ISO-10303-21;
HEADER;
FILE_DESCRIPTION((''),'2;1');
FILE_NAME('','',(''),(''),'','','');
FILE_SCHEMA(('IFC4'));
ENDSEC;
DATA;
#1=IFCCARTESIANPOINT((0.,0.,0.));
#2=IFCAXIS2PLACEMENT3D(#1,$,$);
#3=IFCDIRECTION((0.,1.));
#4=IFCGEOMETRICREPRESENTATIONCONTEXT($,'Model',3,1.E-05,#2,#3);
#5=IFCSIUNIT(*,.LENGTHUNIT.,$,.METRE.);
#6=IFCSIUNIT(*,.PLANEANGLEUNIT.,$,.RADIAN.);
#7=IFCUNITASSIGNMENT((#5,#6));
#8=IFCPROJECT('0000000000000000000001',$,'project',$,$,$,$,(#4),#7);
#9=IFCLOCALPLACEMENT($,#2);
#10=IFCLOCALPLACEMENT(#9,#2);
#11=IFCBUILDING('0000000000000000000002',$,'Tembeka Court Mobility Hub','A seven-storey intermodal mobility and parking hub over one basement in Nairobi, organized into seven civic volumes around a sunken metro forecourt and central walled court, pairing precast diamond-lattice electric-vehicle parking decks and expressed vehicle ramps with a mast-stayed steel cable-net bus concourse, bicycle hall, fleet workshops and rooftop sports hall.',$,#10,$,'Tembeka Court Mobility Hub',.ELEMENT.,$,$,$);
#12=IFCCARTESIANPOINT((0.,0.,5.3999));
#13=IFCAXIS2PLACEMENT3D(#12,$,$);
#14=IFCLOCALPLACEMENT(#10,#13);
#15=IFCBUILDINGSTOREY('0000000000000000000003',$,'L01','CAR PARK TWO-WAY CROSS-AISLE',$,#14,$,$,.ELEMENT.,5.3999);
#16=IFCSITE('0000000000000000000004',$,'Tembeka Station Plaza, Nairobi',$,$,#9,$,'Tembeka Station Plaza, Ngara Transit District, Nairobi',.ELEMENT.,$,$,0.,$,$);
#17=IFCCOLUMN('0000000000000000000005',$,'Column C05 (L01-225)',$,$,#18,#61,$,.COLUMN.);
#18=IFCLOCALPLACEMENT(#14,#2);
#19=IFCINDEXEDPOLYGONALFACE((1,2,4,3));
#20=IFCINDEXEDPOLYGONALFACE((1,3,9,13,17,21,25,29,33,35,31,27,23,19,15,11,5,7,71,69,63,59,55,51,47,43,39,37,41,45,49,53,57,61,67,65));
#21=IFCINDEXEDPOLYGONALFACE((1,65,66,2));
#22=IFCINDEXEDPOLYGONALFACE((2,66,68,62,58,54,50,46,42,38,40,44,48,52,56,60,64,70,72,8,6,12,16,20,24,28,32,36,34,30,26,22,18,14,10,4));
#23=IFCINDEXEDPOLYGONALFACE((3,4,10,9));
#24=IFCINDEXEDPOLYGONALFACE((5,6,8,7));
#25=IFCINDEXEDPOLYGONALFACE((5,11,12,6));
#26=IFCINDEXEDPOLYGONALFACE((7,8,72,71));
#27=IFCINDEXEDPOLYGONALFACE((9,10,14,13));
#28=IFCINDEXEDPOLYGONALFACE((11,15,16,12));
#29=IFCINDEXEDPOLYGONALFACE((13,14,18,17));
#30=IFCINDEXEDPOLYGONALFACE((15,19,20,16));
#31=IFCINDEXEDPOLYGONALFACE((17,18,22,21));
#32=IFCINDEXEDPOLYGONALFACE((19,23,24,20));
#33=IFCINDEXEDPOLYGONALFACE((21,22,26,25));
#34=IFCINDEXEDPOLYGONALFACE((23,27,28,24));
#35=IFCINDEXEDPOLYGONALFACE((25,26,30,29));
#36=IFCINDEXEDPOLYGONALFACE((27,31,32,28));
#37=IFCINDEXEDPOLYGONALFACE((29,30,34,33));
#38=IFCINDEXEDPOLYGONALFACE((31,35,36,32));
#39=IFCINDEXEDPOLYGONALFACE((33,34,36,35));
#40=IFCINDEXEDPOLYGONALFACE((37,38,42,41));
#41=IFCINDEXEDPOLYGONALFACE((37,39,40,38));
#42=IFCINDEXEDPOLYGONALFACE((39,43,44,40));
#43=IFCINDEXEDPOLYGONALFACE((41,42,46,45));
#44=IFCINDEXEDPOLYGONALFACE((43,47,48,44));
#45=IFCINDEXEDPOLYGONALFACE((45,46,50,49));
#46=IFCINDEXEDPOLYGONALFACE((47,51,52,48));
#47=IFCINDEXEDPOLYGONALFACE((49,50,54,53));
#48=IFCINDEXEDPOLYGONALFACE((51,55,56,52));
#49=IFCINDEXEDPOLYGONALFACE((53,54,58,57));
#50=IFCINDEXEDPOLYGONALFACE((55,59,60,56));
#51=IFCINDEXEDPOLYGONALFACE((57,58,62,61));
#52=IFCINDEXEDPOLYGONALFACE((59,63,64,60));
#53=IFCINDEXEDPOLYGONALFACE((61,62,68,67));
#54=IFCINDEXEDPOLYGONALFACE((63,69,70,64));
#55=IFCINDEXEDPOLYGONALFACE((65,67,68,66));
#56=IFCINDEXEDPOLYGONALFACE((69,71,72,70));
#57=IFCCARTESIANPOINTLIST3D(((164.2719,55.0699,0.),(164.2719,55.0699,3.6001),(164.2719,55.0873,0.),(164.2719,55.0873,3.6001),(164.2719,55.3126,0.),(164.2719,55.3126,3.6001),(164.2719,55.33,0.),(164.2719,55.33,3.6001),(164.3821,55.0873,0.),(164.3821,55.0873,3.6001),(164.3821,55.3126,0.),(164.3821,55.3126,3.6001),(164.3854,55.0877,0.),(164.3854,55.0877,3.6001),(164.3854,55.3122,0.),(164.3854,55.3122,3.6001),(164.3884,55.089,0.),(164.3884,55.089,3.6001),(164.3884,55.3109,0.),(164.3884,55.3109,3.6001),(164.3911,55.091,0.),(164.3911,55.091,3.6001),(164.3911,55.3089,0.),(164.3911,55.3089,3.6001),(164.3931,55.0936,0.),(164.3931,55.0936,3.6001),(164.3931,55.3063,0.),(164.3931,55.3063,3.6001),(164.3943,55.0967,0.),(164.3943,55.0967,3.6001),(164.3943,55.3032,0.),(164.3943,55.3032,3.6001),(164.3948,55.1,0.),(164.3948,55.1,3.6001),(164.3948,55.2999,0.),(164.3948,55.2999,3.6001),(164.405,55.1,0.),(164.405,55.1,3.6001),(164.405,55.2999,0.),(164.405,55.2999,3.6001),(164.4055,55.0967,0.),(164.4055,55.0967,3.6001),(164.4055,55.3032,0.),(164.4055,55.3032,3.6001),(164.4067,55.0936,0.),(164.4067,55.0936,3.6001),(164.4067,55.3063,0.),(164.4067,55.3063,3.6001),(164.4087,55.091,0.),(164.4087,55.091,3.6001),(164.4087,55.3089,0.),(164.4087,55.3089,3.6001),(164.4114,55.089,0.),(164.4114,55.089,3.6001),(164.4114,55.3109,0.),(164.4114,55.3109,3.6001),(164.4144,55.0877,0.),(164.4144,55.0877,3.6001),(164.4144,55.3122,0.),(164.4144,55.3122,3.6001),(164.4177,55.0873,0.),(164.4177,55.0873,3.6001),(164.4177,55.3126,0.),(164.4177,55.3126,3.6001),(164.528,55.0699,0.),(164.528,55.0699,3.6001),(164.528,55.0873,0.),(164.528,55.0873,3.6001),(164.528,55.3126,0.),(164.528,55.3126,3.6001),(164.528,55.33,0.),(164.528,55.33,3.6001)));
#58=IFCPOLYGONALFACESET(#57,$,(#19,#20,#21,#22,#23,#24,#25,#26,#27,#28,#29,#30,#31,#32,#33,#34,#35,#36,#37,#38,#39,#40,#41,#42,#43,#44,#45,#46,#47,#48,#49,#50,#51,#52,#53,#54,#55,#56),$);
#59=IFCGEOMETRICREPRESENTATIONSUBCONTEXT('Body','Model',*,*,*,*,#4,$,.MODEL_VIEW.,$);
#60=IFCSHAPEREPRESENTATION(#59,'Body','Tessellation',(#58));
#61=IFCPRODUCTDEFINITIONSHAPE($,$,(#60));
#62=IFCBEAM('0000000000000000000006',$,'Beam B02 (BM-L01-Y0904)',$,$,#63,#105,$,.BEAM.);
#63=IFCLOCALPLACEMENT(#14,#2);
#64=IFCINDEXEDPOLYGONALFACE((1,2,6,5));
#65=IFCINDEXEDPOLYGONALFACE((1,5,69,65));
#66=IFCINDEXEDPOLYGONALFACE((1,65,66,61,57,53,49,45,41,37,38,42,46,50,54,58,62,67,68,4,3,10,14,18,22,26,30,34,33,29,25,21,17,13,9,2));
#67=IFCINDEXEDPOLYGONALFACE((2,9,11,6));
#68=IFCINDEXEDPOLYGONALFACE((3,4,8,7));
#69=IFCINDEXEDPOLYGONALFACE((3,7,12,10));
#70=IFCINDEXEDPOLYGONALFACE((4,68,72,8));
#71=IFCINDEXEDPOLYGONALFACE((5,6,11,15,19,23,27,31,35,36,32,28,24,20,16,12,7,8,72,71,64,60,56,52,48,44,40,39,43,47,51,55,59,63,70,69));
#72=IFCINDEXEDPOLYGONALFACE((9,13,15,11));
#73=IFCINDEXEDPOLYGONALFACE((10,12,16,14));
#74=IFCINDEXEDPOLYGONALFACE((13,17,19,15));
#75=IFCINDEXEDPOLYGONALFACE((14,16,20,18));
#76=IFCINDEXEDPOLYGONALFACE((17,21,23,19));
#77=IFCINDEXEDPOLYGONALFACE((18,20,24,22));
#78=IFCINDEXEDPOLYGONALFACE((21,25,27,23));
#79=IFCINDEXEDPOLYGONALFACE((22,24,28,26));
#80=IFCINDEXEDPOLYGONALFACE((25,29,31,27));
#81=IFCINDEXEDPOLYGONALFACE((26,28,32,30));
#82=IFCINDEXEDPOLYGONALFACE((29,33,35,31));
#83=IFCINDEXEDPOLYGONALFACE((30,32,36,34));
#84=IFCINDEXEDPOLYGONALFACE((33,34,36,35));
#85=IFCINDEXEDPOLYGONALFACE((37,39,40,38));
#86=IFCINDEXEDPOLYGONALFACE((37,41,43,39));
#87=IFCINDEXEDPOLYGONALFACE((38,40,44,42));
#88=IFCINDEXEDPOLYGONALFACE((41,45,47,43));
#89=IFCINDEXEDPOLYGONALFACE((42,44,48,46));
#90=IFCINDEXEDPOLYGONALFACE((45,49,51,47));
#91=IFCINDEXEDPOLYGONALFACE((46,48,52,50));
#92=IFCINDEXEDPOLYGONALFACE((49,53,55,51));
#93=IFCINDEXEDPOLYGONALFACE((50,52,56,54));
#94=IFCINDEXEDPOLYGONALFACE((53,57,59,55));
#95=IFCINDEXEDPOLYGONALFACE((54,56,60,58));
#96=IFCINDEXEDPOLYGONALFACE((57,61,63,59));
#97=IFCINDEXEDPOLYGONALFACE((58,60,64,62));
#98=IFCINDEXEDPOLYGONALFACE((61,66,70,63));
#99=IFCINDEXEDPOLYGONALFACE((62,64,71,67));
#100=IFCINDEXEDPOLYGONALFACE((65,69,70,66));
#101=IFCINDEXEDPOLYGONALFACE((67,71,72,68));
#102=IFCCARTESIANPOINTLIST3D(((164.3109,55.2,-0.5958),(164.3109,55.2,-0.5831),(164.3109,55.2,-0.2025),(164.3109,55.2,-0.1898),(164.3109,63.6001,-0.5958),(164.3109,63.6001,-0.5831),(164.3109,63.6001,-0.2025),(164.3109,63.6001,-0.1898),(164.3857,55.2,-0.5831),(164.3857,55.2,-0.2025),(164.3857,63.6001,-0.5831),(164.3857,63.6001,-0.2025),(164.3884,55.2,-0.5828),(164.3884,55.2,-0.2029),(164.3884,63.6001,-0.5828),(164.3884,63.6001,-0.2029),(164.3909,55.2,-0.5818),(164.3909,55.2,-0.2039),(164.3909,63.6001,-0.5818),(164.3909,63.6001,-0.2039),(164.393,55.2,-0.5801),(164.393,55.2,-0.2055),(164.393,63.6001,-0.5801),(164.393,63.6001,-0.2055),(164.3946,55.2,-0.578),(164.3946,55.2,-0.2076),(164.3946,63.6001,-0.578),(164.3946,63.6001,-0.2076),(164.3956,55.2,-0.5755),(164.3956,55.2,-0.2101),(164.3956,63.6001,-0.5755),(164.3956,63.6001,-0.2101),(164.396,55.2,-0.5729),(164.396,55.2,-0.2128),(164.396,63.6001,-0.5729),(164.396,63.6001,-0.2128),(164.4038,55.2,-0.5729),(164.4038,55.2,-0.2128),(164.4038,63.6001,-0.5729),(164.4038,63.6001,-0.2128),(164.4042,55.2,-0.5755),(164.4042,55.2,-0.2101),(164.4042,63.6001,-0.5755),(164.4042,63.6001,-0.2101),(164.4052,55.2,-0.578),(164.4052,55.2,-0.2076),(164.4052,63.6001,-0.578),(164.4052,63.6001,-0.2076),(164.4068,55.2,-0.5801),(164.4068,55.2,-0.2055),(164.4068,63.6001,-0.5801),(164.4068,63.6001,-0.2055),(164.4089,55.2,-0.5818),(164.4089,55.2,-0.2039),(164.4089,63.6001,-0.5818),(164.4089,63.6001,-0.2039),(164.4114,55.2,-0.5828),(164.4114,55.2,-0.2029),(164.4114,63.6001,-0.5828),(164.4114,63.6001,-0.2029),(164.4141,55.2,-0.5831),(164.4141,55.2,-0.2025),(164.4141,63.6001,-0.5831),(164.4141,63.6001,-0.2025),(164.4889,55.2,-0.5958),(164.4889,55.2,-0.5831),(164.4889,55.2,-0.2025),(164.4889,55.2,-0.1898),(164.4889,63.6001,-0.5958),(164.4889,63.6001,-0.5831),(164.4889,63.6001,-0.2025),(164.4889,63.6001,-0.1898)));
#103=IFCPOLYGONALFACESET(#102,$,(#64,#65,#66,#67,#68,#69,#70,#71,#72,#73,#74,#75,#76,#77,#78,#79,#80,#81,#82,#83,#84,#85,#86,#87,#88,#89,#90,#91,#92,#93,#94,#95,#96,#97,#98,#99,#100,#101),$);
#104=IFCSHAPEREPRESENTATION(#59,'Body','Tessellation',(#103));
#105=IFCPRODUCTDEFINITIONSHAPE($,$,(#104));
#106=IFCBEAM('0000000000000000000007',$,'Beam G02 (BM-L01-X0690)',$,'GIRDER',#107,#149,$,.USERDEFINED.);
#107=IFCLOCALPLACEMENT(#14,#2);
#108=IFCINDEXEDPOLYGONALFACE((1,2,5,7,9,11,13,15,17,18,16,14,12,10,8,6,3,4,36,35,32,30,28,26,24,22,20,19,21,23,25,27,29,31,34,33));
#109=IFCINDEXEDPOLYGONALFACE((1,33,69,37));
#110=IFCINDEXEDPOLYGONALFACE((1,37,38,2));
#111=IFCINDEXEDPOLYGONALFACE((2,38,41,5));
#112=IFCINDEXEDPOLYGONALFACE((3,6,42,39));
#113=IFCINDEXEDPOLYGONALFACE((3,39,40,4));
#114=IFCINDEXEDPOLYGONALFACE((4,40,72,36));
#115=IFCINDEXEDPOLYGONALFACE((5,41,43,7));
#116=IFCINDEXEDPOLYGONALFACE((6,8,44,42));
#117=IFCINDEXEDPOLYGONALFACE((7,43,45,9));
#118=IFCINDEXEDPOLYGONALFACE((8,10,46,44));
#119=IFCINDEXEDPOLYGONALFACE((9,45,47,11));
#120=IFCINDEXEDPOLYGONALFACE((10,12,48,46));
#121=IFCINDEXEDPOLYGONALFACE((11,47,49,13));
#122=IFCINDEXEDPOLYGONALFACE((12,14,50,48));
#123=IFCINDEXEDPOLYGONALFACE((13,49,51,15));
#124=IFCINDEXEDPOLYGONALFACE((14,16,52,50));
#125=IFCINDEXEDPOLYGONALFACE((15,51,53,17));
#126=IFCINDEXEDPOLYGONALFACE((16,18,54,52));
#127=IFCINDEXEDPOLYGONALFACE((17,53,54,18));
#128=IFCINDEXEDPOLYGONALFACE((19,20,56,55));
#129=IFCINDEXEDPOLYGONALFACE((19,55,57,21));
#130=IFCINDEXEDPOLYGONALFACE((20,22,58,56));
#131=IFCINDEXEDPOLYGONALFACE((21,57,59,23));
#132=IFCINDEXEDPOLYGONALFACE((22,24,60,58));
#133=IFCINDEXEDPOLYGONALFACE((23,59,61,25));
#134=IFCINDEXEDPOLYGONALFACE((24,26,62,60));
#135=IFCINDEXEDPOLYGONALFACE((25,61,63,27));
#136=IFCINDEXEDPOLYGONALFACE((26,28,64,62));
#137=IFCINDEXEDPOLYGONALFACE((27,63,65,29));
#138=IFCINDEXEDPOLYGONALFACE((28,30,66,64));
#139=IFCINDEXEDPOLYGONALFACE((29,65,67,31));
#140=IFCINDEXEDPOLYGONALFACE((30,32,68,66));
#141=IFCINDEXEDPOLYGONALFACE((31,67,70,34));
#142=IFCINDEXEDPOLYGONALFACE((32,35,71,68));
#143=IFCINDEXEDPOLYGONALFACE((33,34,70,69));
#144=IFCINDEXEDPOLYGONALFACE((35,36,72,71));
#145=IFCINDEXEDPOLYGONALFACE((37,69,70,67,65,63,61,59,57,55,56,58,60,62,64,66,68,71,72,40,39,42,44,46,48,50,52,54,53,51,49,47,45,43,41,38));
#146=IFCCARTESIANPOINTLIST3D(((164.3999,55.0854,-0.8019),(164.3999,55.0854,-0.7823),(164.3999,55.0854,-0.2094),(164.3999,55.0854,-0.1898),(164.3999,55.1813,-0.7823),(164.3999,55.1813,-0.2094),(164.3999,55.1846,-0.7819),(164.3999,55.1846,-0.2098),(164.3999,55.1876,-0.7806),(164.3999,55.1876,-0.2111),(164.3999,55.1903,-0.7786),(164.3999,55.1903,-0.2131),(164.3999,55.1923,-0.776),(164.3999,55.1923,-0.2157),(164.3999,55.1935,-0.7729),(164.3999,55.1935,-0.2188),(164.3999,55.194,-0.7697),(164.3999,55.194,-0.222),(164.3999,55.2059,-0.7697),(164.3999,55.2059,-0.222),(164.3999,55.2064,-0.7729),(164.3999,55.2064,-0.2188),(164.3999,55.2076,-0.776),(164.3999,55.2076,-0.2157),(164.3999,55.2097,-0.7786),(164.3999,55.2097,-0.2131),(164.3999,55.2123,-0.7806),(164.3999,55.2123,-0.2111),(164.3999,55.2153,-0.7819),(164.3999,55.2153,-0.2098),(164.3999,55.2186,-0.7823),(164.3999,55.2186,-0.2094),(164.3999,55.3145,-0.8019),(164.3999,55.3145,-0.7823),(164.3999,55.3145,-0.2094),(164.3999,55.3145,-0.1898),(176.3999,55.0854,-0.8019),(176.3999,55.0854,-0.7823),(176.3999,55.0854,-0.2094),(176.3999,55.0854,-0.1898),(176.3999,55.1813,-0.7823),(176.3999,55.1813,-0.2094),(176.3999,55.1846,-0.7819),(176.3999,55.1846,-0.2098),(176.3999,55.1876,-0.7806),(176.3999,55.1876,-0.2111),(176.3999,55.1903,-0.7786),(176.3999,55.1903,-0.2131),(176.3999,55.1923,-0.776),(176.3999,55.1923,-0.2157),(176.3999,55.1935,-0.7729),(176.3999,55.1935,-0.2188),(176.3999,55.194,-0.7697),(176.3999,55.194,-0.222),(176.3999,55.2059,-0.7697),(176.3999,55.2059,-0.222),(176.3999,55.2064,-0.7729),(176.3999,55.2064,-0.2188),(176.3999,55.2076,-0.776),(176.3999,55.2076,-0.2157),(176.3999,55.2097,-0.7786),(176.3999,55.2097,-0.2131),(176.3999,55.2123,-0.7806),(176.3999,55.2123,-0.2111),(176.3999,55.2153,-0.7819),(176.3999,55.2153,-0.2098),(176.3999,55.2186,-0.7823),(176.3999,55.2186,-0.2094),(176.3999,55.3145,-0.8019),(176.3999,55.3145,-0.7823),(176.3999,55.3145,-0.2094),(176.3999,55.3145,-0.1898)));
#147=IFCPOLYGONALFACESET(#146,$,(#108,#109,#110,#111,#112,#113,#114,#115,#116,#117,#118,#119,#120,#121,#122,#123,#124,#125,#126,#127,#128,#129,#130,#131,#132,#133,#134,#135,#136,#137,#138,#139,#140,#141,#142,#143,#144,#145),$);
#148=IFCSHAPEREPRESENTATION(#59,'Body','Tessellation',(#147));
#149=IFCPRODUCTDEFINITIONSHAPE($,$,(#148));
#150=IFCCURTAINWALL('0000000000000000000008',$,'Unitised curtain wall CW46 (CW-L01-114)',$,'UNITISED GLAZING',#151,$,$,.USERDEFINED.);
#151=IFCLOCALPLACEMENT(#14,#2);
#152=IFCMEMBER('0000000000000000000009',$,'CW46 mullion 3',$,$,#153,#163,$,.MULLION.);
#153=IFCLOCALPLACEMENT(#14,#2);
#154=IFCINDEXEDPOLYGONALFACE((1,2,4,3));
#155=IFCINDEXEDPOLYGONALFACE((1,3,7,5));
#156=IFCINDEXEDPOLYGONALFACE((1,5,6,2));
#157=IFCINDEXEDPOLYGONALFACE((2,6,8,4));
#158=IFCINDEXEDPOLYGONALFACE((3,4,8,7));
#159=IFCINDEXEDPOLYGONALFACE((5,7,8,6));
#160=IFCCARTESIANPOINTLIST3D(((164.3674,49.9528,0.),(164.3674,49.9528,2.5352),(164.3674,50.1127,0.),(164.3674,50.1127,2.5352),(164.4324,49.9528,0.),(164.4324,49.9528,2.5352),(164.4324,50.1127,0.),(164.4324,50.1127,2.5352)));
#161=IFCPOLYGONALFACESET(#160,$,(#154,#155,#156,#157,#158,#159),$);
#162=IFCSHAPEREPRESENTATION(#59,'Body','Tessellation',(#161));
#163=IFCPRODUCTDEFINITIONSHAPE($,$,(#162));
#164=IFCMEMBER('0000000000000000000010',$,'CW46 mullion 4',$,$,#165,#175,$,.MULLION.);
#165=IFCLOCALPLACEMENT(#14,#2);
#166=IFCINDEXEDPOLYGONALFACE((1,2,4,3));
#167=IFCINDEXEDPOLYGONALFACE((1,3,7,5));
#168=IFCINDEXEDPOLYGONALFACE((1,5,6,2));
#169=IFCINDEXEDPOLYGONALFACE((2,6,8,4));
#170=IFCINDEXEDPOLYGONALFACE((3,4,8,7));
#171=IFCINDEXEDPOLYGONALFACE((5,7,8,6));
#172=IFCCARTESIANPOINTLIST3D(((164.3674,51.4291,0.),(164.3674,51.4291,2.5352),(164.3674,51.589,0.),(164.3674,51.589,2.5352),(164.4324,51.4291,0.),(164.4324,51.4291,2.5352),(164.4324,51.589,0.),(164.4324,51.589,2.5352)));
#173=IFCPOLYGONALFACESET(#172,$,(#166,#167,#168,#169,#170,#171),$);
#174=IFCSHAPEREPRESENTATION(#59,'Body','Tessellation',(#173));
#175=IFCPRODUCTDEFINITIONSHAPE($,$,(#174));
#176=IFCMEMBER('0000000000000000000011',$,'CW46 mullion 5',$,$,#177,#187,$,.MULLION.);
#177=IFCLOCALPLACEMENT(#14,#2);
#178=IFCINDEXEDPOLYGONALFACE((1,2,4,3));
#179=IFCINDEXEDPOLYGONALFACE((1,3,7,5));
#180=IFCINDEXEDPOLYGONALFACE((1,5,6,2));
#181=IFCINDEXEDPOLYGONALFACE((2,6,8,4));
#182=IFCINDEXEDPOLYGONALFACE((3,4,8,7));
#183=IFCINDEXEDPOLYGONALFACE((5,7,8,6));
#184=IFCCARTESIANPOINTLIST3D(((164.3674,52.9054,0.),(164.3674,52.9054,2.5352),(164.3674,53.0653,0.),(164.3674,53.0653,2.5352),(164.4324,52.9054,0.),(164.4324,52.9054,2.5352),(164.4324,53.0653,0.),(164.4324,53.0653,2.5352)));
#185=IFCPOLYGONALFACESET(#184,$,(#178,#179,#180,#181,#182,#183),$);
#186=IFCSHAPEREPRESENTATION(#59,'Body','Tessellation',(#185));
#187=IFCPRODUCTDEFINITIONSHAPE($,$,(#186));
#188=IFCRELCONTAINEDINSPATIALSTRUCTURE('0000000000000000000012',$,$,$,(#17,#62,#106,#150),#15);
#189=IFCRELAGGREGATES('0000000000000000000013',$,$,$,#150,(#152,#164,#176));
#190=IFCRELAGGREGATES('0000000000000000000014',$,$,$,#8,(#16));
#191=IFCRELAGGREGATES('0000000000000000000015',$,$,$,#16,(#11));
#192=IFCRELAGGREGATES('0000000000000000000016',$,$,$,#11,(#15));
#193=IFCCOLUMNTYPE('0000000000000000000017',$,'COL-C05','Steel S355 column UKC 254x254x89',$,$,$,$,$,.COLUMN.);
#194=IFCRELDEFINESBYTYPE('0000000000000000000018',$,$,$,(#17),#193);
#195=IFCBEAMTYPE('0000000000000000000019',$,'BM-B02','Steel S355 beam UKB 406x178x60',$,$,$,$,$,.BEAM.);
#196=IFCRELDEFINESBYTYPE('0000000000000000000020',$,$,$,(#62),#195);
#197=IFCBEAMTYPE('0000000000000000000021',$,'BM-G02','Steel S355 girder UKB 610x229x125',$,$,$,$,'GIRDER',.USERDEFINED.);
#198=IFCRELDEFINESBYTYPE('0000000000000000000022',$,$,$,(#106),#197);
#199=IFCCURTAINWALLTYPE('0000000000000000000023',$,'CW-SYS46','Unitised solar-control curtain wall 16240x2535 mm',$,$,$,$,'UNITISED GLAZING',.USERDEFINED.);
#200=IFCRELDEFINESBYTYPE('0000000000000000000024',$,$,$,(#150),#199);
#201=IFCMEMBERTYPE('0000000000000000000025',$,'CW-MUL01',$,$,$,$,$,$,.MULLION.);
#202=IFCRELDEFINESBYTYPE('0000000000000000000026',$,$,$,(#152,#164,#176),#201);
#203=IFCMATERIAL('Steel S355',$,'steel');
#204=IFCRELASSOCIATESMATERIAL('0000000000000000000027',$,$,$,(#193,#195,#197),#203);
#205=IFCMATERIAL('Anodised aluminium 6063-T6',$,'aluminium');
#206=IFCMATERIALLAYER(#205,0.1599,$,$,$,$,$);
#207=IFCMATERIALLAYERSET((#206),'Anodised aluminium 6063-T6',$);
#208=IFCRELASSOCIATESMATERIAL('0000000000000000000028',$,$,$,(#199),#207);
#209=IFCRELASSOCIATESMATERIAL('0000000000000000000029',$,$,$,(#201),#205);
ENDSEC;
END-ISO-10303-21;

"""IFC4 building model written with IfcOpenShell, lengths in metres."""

from ifc_helpers import new_model, si_unit, direction, frame, origin, origin_2d, place, context, subcontext, project, spatial, rectangle, i_section, extrude, material, layer, layer_set, material_profile, profile_set, type_object, element, aggregate, save


model = new_model("IFC4")

# Units and contexts
model_context = context("Model", 3, precision=1e-05, world=origin(), true_north=direction((0.0, 1.0)))
body_context = subcontext(model_context, "Body", "Model", "MODEL_VIEW")
ifc_project = project(units=[si_unit("LENGTHUNIT", "METRE"), si_unit("PLANEANGLEUNIT", "RADIAN")], contexts=[model_context])

# Site, building, storey
site_placement = place(None, origin())
site = spatial("IfcSite", under=ifc_project, at=site_placement, Name="Tembeka Station Plaza, Nairobi", LongName="Tembeka Station Plaza, Ngara Transit District, Nairobi", CompositionType="ELEMENT", RefElevation=0.0)
building_placement = place(site_placement, origin())
building = spatial("IfcBuilding", under=site, at=building_placement, Name="Tembeka Court Mobility Hub", Description="A seven-storey intermodal mobility and parking hub over one basement in Nairobi, organized into seven civic volumes around a sunken metro forecourt and central walled court, pairing precast diamond-lattice electric-vehicle parking decks and expressed vehicle ramps with a mast-stayed steel cable-net bus concourse, bicycle hall, fleet workshops and rooftop sports hall.", LongName="Tembeka Court Mobility Hub", CompositionType="ELEMENT")
storey_placement = place(building_placement, frame((0.0, 0.0, 5.3999)))
storey = spatial("IfcBuildingStorey", under=building, at=storey_placement, Name="L01", Description="CAR PARK TWO-WAY CROSS-AISLE", CompositionType="ELEMENT", Elevation=5.3999)

# Column
ifc_material_1 = material(Name="Steel S355", Category="steel")
ifc_material_profile_1 = material_profile(ifc_material_1, i_section(OverallWidth=0.2561, OverallDepth=0.26, WebThickness=0.0103, FlangeThickness=0.0173, FilletRadius=0.0127, at=origin_2d()), Name="UKC 254x254x89")
ifc_profile_set_1 = profile_set([ifc_material_profile_1], Name="Steel S355")
column_type = type_object("IfcColumnType", Name="COL-C05", Description="Steel S355 column UKC 254x254x89", PredefinedType="COLUMN", material=ifc_profile_set_1)
column_placement = place(storey_placement, frame((164.3999, 55.2, 0.0), z_axis=(0.0, 0.0, 1.0), x_axis=(1.0, 0.0, 0.0)))
element("IfcColumn", 1, at=column_placement, inside=storey, type_object=column_type, Name="Column C05 (L01-225)", PredefinedType="COLUMN", context=body_context, shape_type="SweptSolid", body=[
    extrude(i_section(OverallWidth=0.2561, OverallDepth=0.26, WebThickness=0.0103, FlangeThickness=0.0173, FilletRadius=0.0127, at=origin_2d()), origin(), (0.0, 0.0, 1.0), 3.6001),
])

# Beams
ifc_material_profile_2 = material_profile(ifc_material_1, i_section(OverallWidth=0.178, OverallDepth=0.406, WebThickness=0.0078, FlangeThickness=0.0127, FilletRadius=0.0103, at=origin_2d()), Name="UKB 406x178x60")
ifc_profile_set_2 = profile_set([ifc_material_profile_2], Name="Steel S355")
beam_type_1 = type_object("IfcBeamType", Name="BM-B02", Description="Steel S355 beam UKB 406x178x60", PredefinedType="BEAM", material=ifc_profile_set_2)
beam_1_placement = place(storey_placement, frame((164.3999, 55.2, -0.3928), z_axis=(0.0, 1.0, 0.0), x_axis=(-1.0, 0.0, 0.0)))
element("IfcBeam", 2, at=beam_1_placement, inside=storey, type_object=beam_type_1, Name="Beam B02 (BM-L01-Y0904)", PredefinedType="BEAM", context=body_context, shape_type="SweptSolid", body=[
    extrude(i_section(OverallWidth=0.178, OverallDepth=0.406, WebThickness=0.0078, FlangeThickness=0.0127, FilletRadius=0.0103, at=origin_2d()), origin(), (0.0, 0.0, 1.0), 8.4001),
])
ifc_material_profile_3 = material_profile(ifc_material_1, i_section(OverallWidth=0.229, OverallDepth=0.6121, WebThickness=0.012, FlangeThickness=0.0195, FilletRadius=0.0127, at=origin_2d()), Name="UKB 610x229x125")
ifc_profile_set_3 = profile_set([ifc_material_profile_3], Name="Steel S355")
beam_type_2 = type_object("IfcBeamType", Name="BM-G02", Description="Steel S355 girder UKB 610x229x125", ElementType="GIRDER", PredefinedType="USERDEFINED", material=ifc_profile_set_3)
beam_2_placement = place(storey_placement, frame((164.3999, 55.2, -0.4958), z_axis=(1.0, 0.0, 0.0), x_axis=(0.0, 1.0, 0.0)))
element("IfcBeam", 3, at=beam_2_placement, inside=storey, type_object=beam_type_2, Name="Beam G02 (BM-L01-X0690)", ObjectType="GIRDER", PredefinedType="USERDEFINED", context=body_context, shape_type="SweptSolid", body=[
    extrude(i_section(OverallWidth=0.229, OverallDepth=0.6121, WebThickness=0.012, FlangeThickness=0.0195, FilletRadius=0.0127, at=origin_2d()), origin(), (0.0, 0.0, 1.0), 12.0),
])

# Curtain wall, members
ifc_material_2 = material(Name="Anodised aluminium 6063-T6", Category="aluminium")
ifc_layer_1 = layer(ifc_material_2, 0.1599)
ifc_layer_set_1 = layer_set([ifc_layer_1], Name="Anodised aluminium 6063-T6")
curtain_wall_type = type_object("IfcCurtainWallType", Name="CW-SYS46", Description="Unitised solar-control curtain wall 16240x2535 mm", ElementType="UNITISED GLAZING", PredefinedType="USERDEFINED", material=ifc_layer_set_1)
curtain_wall_placement = place(storey_placement, origin())
curtain_wall = element("IfcCurtainWall", 4, at=curtain_wall_placement, inside=storey, type_object=curtain_wall_type, Name="Unitised curtain wall CW46 (CW-L01-114)", ObjectType="UNITISED GLAZING", PredefinedType="USERDEFINED")
ifc_material_profile_4 = material_profile(ifc_material_2, rectangle(XDim=0.0649, YDim=0.1599, at=origin_2d()), Name="ALU-MUL 65x160")
ifc_profile_set_4 = profile_set([ifc_material_profile_4], Name="Anodised aluminium 6063-T6")
member_type_1 = type_object("IfcMemberType", Name="CW-MUL01", PredefinedType="MULLION", material=ifc_profile_set_4)
member_1_placement = place(storey_placement, frame((164.3999, 50.0327, 0.0), z_axis=(0.0, 0.0, 1.0), x_axis=(-1.0, 0.0, 0.0)))
member_1 = element("IfcMember", 5, at=member_1_placement, type_object=member_type_1, Name="CW46 mullion 3", PredefinedType="MULLION", context=body_context, shape_type="SweptSolid", body=[
    extrude(rectangle(XDim=0.0649, YDim=0.1599, at=origin_2d()), origin(), (0.0, 0.0, 1.0), 2.5352),
])
member_2_placement = place(storey_placement, frame((164.3999, 51.509, 0.0), z_axis=(0.0, 0.0, 1.0), x_axis=(-1.0, 0.0, 0.0)))
member_2 = element("IfcMember", 6, at=member_2_placement, type_object=member_type_1, Name="CW46 mullion 4", PredefinedType="MULLION", context=body_context, shape_type="SweptSolid", body=[
    extrude(rectangle(XDim=0.0649, YDim=0.1599, at=origin_2d()), origin(), (0.0, 0.0, 1.0), 2.5352),
])
member_3_placement = place(storey_placement, frame((164.3999, 52.9854, 0.0), z_axis=(0.0, 0.0, 1.0), x_axis=(-1.0, 0.0, 0.0)))
member_3 = element("IfcMember", 7, at=member_3_placement, type_object=member_type_1, Name="CW46 mullion 5", PredefinedType="MULLION", context=body_context, shape_type="SweptSolid", body=[
    extrude(rectangle(XDim=0.0649, YDim=0.1599, at=origin_2d()), origin(), (0.0, 0.0, 1.0), 2.5352),
])
aggregate(curtain_wall, [member_1, member_2, member_3])

save(model, "model.ifc")
